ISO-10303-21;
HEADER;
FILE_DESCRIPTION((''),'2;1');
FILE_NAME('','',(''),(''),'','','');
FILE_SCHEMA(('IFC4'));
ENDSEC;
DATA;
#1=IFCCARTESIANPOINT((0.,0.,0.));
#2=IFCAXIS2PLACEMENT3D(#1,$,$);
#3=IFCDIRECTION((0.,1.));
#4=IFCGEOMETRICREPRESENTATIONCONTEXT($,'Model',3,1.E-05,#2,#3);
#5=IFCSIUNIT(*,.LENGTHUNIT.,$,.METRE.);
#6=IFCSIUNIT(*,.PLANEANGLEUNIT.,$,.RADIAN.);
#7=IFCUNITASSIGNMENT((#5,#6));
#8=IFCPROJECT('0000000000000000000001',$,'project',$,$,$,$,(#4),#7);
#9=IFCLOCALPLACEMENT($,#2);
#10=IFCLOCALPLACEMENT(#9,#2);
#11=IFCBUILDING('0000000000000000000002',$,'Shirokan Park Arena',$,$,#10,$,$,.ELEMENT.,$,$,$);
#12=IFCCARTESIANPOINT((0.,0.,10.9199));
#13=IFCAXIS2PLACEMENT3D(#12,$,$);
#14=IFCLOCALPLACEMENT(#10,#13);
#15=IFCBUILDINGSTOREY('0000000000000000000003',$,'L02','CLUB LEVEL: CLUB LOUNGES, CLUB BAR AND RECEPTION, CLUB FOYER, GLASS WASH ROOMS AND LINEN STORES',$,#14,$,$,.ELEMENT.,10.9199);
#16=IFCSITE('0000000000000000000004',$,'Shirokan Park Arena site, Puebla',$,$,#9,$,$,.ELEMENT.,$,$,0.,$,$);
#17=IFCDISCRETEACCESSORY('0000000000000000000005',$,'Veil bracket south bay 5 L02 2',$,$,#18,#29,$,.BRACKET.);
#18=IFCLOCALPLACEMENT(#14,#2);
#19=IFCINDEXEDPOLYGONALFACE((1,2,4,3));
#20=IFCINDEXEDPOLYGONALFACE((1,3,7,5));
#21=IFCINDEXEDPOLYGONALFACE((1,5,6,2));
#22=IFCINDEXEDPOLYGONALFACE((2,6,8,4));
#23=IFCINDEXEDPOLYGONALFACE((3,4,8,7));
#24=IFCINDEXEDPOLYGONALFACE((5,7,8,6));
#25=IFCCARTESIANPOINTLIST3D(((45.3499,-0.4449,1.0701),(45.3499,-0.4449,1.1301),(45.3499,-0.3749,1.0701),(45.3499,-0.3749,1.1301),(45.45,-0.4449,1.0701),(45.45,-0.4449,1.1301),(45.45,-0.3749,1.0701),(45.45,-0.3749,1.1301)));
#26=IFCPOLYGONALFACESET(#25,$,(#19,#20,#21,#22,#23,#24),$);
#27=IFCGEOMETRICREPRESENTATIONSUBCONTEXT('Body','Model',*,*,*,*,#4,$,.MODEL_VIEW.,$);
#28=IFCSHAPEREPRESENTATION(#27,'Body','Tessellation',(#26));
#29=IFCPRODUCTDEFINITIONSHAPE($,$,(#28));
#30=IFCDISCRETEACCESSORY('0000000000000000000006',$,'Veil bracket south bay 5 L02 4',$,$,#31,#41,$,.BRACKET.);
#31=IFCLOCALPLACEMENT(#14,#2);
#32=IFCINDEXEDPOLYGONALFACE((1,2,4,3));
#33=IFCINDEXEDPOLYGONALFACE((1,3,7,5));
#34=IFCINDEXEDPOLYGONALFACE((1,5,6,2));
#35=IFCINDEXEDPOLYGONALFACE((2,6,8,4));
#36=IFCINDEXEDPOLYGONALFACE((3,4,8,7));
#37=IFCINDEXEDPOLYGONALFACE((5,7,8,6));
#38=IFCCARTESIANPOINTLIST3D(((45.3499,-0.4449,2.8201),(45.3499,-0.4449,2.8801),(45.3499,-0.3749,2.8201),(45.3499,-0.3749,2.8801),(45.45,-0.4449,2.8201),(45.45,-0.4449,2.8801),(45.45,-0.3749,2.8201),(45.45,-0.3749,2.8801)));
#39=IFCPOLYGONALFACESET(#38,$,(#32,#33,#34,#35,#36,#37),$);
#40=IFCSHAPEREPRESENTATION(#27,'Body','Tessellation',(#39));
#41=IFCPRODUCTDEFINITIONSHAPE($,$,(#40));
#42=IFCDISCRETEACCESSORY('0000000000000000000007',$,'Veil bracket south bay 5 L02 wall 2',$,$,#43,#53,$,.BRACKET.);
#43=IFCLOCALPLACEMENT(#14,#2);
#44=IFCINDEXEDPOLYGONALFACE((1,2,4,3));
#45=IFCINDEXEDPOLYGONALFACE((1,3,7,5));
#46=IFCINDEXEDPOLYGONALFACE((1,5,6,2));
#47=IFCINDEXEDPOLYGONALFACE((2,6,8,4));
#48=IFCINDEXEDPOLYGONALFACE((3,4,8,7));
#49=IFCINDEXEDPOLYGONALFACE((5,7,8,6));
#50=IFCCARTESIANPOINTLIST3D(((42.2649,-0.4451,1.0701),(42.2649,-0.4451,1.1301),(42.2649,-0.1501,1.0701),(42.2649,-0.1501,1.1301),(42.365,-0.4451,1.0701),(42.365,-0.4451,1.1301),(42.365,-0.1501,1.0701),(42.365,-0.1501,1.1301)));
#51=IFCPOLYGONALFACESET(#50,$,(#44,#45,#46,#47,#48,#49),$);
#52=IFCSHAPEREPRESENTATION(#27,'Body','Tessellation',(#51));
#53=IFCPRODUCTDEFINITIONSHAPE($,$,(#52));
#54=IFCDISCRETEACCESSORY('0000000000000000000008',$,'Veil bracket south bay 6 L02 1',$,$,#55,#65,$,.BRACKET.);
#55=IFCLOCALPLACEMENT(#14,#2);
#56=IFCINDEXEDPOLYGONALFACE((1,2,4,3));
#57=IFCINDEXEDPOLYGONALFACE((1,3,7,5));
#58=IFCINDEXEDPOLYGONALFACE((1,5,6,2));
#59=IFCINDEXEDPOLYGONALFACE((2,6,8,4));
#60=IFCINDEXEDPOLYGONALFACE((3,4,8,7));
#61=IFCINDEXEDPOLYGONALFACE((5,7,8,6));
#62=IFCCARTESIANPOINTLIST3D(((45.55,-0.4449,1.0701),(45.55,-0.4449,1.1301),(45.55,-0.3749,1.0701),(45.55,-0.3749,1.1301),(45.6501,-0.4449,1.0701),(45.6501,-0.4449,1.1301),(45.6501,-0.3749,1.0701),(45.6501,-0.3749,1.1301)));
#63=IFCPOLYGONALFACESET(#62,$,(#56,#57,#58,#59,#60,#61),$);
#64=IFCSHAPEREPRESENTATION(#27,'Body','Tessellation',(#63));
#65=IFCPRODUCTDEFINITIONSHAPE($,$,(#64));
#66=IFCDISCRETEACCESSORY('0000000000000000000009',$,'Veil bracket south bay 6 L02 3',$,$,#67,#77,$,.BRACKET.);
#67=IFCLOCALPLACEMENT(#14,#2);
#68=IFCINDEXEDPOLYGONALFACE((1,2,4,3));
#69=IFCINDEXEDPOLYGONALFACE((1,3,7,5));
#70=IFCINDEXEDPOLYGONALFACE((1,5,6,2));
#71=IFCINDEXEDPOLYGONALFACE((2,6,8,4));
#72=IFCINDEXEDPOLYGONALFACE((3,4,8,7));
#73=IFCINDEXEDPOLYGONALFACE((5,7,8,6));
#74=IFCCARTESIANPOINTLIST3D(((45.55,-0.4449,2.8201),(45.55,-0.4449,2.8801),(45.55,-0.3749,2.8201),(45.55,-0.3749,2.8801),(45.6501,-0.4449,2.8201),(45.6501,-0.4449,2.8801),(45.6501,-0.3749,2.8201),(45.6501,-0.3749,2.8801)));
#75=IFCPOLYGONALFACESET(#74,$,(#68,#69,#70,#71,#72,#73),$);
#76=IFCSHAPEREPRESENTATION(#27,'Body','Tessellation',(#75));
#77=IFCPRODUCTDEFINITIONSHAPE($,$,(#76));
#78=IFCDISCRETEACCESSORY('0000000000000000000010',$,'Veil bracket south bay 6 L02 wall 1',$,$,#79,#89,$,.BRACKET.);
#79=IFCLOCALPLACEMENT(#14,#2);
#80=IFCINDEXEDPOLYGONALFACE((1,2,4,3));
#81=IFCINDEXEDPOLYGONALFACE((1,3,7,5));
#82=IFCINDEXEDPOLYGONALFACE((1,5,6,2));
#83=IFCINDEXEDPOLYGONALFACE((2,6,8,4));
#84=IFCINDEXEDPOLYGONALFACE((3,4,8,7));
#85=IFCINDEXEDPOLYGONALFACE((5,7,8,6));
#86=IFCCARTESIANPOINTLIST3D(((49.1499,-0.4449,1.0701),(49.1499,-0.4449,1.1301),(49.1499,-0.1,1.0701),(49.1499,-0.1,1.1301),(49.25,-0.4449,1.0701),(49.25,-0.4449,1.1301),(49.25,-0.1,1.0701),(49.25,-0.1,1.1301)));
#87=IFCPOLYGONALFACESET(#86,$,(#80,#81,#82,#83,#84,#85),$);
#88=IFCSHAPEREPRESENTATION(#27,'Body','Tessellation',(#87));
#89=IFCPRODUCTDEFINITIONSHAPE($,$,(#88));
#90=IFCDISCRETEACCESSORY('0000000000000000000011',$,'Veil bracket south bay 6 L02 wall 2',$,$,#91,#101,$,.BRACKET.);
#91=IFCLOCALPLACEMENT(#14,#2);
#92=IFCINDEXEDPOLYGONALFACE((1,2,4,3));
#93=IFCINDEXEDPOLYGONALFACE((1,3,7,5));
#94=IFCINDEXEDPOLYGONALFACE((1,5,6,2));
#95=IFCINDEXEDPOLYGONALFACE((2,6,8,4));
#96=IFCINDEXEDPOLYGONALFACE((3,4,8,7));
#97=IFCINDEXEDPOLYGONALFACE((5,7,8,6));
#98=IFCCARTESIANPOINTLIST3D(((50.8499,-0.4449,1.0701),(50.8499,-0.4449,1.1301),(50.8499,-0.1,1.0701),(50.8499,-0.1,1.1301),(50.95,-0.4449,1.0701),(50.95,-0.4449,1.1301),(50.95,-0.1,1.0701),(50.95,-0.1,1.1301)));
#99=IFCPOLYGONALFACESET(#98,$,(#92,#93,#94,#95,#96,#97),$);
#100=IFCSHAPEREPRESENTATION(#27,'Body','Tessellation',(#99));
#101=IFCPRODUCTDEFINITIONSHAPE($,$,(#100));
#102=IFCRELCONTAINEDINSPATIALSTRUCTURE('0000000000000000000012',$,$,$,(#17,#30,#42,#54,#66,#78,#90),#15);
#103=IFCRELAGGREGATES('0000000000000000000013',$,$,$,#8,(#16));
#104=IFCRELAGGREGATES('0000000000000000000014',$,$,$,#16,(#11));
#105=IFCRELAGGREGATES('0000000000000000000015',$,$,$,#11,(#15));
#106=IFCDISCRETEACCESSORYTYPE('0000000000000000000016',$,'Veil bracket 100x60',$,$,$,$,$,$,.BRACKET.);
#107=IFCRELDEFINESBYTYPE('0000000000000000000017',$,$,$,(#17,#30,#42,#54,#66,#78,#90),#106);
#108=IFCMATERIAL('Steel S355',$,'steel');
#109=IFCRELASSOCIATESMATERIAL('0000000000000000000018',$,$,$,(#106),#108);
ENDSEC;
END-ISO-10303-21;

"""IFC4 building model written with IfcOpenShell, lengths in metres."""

from ifc_helpers import new_model, si_unit, direction, frame, origin, origin_2d, place, context, subcontext, project, spatial, rectangle, extrude, material, type_object, element, save


model = new_model("IFC4")

# Units and contexts
model_context = context("Model", 3, precision=1e-05, world=origin(), true_north=direction((0.0, 1.0)))
body_context = subcontext(model_context, "Body", "Model", "MODEL_VIEW")
ifc_project = project(units=[si_unit("LENGTHUNIT", "METRE"), si_unit("PLANEANGLEUNIT", "RADIAN")], contexts=[model_context])

# Site, building, storey
site_placement = place(None, origin())
site = spatial("IfcSite", under=ifc_project, at=site_placement, Name="Shirokan Park Arena site, Puebla", CompositionType="ELEMENT", RefElevation=0.0)
building_placement = place(site_placement, origin())
building = spatial("IfcBuilding", under=site, at=building_placement, Name="Shirokan Park Arena", CompositionType="ELEMENT")
storey_placement = place(building_placement, frame((0.0, 0.0, 10.9199)))
storey = spatial("IfcBuildingStorey", under=building, at=storey_placement, Name="L02", Description="CLUB LEVEL: CLUB LOUNGES, CLUB BAR AND RECEPTION, CLUB FOYER, GLASS WASH ROOMS AND LINEN STORES", CompositionType="ELEMENT", Elevation=10.9199)

# Shared definitions
ifc_material_1 = material(Name="Steel S355", Category="steel")

# Discrete accessories
discrete_accessory_type = type_object("IfcDiscreteAccessoryType", Name="Veil bracket 100x60", PredefinedType="BRACKET", material=ifc_material_1)
for number, where, z_axis, x_axis, name in (
    (1, (45.3999, -0.4099, 1.0701), (0.0, 0.0, 1.0), (1.0, 0.0, 0.0), "Veil bracket south bay 5 L02 2"),
    (2, (45.3999, -0.4099, 2.8201), (0.0, 0.0, 1.0), (1.0, 0.0, 0.0), "Veil bracket south bay 5 L02 4"),
):
    element("IfcDiscreteAccessory", number, at=place(storey_placement, frame(where, z_axis=z_axis, x_axis=x_axis)), inside=storey, type_object=discrete_accessory_type, Name=name, PredefinedType="BRACKET", context=body_context, shape_type="SweptSolid", body=[
        extrude(rectangle(XDim=0.1001, YDim=0.0701, at=origin_2d()), origin(), (0.0, 0.0, 1.0), 0.0601),
    ])
discrete_accessory_placement = place(storey_placement, frame((42.3149, -0.2976, 1.0701), z_axis=(0.0, 0.0, 1.0), x_axis=(1.0, 0.0, 0.0)))
element("IfcDiscreteAccessory", 3, at=discrete_accessory_placement, inside=storey, type_object=discrete_accessory_type, Name="Veil bracket south bay 5 L02 wall 2", PredefinedType="BRACKET", context=body_context, shape_type="SweptSolid", body=[
    extrude(rectangle(XDim=0.1001, YDim=0.2949, at=origin_2d()), origin(), (0.0, 0.0, 1.0), 0.0601),
])
for number, where, z_axis, x_axis, name in (
    (4, (45.6001, -0.4099, 1.0701), (0.0, 0.0, 1.0), (1.0, 0.0, 0.0), "Veil bracket south bay 6 L02 1"),
    (5, (45.6001, -0.4099, 2.8201), (0.0, 0.0, 1.0), (1.0, 0.0, 0.0), "Veil bracket south bay 6 L02 3"),
):
    element("IfcDiscreteAccessory", number, at=place(storey_placement, frame(where, z_axis=z_axis, x_axis=x_axis)), inside=storey, type_object=discrete_accessory_type, Name=name, PredefinedType="BRACKET", context=body_context, shape_type="SweptSolid", body=[
        extrude(rectangle(XDim=0.1001, YDim=0.0701, at=origin_2d()), origin(), (0.0, 0.0, 1.0), 0.0601),
    ])
for number, where, z_axis, x_axis, name in (
    (6, (49.2, -0.2725, 1.0701), (0.0, 0.0, 1.0), (1.0, 0.0, 0.0), "Veil bracket south bay 6 L02 wall 1"),
    (7, (50.8999, -0.2725, 1.0701), (0.0, 0.0, 1.0), (1.0, 0.0, 0.0), "Veil bracket south bay 6 L02 wall 2"),
):
    element("IfcDiscreteAccessory", number, at=place(storey_placement, frame(where, z_axis=z_axis, x_axis=x_axis)), inside=storey, type_object=discrete_accessory_type, Name=name, PredefinedType="BRACKET", context=body_context, shape_type="SweptSolid", body=[
        extrude(rectangle(XDim=0.1001, YDim=0.345, at=origin_2d()), origin(), (0.0, 0.0, 1.0), 0.0601),
    ])

save(model, "model.ifc")
